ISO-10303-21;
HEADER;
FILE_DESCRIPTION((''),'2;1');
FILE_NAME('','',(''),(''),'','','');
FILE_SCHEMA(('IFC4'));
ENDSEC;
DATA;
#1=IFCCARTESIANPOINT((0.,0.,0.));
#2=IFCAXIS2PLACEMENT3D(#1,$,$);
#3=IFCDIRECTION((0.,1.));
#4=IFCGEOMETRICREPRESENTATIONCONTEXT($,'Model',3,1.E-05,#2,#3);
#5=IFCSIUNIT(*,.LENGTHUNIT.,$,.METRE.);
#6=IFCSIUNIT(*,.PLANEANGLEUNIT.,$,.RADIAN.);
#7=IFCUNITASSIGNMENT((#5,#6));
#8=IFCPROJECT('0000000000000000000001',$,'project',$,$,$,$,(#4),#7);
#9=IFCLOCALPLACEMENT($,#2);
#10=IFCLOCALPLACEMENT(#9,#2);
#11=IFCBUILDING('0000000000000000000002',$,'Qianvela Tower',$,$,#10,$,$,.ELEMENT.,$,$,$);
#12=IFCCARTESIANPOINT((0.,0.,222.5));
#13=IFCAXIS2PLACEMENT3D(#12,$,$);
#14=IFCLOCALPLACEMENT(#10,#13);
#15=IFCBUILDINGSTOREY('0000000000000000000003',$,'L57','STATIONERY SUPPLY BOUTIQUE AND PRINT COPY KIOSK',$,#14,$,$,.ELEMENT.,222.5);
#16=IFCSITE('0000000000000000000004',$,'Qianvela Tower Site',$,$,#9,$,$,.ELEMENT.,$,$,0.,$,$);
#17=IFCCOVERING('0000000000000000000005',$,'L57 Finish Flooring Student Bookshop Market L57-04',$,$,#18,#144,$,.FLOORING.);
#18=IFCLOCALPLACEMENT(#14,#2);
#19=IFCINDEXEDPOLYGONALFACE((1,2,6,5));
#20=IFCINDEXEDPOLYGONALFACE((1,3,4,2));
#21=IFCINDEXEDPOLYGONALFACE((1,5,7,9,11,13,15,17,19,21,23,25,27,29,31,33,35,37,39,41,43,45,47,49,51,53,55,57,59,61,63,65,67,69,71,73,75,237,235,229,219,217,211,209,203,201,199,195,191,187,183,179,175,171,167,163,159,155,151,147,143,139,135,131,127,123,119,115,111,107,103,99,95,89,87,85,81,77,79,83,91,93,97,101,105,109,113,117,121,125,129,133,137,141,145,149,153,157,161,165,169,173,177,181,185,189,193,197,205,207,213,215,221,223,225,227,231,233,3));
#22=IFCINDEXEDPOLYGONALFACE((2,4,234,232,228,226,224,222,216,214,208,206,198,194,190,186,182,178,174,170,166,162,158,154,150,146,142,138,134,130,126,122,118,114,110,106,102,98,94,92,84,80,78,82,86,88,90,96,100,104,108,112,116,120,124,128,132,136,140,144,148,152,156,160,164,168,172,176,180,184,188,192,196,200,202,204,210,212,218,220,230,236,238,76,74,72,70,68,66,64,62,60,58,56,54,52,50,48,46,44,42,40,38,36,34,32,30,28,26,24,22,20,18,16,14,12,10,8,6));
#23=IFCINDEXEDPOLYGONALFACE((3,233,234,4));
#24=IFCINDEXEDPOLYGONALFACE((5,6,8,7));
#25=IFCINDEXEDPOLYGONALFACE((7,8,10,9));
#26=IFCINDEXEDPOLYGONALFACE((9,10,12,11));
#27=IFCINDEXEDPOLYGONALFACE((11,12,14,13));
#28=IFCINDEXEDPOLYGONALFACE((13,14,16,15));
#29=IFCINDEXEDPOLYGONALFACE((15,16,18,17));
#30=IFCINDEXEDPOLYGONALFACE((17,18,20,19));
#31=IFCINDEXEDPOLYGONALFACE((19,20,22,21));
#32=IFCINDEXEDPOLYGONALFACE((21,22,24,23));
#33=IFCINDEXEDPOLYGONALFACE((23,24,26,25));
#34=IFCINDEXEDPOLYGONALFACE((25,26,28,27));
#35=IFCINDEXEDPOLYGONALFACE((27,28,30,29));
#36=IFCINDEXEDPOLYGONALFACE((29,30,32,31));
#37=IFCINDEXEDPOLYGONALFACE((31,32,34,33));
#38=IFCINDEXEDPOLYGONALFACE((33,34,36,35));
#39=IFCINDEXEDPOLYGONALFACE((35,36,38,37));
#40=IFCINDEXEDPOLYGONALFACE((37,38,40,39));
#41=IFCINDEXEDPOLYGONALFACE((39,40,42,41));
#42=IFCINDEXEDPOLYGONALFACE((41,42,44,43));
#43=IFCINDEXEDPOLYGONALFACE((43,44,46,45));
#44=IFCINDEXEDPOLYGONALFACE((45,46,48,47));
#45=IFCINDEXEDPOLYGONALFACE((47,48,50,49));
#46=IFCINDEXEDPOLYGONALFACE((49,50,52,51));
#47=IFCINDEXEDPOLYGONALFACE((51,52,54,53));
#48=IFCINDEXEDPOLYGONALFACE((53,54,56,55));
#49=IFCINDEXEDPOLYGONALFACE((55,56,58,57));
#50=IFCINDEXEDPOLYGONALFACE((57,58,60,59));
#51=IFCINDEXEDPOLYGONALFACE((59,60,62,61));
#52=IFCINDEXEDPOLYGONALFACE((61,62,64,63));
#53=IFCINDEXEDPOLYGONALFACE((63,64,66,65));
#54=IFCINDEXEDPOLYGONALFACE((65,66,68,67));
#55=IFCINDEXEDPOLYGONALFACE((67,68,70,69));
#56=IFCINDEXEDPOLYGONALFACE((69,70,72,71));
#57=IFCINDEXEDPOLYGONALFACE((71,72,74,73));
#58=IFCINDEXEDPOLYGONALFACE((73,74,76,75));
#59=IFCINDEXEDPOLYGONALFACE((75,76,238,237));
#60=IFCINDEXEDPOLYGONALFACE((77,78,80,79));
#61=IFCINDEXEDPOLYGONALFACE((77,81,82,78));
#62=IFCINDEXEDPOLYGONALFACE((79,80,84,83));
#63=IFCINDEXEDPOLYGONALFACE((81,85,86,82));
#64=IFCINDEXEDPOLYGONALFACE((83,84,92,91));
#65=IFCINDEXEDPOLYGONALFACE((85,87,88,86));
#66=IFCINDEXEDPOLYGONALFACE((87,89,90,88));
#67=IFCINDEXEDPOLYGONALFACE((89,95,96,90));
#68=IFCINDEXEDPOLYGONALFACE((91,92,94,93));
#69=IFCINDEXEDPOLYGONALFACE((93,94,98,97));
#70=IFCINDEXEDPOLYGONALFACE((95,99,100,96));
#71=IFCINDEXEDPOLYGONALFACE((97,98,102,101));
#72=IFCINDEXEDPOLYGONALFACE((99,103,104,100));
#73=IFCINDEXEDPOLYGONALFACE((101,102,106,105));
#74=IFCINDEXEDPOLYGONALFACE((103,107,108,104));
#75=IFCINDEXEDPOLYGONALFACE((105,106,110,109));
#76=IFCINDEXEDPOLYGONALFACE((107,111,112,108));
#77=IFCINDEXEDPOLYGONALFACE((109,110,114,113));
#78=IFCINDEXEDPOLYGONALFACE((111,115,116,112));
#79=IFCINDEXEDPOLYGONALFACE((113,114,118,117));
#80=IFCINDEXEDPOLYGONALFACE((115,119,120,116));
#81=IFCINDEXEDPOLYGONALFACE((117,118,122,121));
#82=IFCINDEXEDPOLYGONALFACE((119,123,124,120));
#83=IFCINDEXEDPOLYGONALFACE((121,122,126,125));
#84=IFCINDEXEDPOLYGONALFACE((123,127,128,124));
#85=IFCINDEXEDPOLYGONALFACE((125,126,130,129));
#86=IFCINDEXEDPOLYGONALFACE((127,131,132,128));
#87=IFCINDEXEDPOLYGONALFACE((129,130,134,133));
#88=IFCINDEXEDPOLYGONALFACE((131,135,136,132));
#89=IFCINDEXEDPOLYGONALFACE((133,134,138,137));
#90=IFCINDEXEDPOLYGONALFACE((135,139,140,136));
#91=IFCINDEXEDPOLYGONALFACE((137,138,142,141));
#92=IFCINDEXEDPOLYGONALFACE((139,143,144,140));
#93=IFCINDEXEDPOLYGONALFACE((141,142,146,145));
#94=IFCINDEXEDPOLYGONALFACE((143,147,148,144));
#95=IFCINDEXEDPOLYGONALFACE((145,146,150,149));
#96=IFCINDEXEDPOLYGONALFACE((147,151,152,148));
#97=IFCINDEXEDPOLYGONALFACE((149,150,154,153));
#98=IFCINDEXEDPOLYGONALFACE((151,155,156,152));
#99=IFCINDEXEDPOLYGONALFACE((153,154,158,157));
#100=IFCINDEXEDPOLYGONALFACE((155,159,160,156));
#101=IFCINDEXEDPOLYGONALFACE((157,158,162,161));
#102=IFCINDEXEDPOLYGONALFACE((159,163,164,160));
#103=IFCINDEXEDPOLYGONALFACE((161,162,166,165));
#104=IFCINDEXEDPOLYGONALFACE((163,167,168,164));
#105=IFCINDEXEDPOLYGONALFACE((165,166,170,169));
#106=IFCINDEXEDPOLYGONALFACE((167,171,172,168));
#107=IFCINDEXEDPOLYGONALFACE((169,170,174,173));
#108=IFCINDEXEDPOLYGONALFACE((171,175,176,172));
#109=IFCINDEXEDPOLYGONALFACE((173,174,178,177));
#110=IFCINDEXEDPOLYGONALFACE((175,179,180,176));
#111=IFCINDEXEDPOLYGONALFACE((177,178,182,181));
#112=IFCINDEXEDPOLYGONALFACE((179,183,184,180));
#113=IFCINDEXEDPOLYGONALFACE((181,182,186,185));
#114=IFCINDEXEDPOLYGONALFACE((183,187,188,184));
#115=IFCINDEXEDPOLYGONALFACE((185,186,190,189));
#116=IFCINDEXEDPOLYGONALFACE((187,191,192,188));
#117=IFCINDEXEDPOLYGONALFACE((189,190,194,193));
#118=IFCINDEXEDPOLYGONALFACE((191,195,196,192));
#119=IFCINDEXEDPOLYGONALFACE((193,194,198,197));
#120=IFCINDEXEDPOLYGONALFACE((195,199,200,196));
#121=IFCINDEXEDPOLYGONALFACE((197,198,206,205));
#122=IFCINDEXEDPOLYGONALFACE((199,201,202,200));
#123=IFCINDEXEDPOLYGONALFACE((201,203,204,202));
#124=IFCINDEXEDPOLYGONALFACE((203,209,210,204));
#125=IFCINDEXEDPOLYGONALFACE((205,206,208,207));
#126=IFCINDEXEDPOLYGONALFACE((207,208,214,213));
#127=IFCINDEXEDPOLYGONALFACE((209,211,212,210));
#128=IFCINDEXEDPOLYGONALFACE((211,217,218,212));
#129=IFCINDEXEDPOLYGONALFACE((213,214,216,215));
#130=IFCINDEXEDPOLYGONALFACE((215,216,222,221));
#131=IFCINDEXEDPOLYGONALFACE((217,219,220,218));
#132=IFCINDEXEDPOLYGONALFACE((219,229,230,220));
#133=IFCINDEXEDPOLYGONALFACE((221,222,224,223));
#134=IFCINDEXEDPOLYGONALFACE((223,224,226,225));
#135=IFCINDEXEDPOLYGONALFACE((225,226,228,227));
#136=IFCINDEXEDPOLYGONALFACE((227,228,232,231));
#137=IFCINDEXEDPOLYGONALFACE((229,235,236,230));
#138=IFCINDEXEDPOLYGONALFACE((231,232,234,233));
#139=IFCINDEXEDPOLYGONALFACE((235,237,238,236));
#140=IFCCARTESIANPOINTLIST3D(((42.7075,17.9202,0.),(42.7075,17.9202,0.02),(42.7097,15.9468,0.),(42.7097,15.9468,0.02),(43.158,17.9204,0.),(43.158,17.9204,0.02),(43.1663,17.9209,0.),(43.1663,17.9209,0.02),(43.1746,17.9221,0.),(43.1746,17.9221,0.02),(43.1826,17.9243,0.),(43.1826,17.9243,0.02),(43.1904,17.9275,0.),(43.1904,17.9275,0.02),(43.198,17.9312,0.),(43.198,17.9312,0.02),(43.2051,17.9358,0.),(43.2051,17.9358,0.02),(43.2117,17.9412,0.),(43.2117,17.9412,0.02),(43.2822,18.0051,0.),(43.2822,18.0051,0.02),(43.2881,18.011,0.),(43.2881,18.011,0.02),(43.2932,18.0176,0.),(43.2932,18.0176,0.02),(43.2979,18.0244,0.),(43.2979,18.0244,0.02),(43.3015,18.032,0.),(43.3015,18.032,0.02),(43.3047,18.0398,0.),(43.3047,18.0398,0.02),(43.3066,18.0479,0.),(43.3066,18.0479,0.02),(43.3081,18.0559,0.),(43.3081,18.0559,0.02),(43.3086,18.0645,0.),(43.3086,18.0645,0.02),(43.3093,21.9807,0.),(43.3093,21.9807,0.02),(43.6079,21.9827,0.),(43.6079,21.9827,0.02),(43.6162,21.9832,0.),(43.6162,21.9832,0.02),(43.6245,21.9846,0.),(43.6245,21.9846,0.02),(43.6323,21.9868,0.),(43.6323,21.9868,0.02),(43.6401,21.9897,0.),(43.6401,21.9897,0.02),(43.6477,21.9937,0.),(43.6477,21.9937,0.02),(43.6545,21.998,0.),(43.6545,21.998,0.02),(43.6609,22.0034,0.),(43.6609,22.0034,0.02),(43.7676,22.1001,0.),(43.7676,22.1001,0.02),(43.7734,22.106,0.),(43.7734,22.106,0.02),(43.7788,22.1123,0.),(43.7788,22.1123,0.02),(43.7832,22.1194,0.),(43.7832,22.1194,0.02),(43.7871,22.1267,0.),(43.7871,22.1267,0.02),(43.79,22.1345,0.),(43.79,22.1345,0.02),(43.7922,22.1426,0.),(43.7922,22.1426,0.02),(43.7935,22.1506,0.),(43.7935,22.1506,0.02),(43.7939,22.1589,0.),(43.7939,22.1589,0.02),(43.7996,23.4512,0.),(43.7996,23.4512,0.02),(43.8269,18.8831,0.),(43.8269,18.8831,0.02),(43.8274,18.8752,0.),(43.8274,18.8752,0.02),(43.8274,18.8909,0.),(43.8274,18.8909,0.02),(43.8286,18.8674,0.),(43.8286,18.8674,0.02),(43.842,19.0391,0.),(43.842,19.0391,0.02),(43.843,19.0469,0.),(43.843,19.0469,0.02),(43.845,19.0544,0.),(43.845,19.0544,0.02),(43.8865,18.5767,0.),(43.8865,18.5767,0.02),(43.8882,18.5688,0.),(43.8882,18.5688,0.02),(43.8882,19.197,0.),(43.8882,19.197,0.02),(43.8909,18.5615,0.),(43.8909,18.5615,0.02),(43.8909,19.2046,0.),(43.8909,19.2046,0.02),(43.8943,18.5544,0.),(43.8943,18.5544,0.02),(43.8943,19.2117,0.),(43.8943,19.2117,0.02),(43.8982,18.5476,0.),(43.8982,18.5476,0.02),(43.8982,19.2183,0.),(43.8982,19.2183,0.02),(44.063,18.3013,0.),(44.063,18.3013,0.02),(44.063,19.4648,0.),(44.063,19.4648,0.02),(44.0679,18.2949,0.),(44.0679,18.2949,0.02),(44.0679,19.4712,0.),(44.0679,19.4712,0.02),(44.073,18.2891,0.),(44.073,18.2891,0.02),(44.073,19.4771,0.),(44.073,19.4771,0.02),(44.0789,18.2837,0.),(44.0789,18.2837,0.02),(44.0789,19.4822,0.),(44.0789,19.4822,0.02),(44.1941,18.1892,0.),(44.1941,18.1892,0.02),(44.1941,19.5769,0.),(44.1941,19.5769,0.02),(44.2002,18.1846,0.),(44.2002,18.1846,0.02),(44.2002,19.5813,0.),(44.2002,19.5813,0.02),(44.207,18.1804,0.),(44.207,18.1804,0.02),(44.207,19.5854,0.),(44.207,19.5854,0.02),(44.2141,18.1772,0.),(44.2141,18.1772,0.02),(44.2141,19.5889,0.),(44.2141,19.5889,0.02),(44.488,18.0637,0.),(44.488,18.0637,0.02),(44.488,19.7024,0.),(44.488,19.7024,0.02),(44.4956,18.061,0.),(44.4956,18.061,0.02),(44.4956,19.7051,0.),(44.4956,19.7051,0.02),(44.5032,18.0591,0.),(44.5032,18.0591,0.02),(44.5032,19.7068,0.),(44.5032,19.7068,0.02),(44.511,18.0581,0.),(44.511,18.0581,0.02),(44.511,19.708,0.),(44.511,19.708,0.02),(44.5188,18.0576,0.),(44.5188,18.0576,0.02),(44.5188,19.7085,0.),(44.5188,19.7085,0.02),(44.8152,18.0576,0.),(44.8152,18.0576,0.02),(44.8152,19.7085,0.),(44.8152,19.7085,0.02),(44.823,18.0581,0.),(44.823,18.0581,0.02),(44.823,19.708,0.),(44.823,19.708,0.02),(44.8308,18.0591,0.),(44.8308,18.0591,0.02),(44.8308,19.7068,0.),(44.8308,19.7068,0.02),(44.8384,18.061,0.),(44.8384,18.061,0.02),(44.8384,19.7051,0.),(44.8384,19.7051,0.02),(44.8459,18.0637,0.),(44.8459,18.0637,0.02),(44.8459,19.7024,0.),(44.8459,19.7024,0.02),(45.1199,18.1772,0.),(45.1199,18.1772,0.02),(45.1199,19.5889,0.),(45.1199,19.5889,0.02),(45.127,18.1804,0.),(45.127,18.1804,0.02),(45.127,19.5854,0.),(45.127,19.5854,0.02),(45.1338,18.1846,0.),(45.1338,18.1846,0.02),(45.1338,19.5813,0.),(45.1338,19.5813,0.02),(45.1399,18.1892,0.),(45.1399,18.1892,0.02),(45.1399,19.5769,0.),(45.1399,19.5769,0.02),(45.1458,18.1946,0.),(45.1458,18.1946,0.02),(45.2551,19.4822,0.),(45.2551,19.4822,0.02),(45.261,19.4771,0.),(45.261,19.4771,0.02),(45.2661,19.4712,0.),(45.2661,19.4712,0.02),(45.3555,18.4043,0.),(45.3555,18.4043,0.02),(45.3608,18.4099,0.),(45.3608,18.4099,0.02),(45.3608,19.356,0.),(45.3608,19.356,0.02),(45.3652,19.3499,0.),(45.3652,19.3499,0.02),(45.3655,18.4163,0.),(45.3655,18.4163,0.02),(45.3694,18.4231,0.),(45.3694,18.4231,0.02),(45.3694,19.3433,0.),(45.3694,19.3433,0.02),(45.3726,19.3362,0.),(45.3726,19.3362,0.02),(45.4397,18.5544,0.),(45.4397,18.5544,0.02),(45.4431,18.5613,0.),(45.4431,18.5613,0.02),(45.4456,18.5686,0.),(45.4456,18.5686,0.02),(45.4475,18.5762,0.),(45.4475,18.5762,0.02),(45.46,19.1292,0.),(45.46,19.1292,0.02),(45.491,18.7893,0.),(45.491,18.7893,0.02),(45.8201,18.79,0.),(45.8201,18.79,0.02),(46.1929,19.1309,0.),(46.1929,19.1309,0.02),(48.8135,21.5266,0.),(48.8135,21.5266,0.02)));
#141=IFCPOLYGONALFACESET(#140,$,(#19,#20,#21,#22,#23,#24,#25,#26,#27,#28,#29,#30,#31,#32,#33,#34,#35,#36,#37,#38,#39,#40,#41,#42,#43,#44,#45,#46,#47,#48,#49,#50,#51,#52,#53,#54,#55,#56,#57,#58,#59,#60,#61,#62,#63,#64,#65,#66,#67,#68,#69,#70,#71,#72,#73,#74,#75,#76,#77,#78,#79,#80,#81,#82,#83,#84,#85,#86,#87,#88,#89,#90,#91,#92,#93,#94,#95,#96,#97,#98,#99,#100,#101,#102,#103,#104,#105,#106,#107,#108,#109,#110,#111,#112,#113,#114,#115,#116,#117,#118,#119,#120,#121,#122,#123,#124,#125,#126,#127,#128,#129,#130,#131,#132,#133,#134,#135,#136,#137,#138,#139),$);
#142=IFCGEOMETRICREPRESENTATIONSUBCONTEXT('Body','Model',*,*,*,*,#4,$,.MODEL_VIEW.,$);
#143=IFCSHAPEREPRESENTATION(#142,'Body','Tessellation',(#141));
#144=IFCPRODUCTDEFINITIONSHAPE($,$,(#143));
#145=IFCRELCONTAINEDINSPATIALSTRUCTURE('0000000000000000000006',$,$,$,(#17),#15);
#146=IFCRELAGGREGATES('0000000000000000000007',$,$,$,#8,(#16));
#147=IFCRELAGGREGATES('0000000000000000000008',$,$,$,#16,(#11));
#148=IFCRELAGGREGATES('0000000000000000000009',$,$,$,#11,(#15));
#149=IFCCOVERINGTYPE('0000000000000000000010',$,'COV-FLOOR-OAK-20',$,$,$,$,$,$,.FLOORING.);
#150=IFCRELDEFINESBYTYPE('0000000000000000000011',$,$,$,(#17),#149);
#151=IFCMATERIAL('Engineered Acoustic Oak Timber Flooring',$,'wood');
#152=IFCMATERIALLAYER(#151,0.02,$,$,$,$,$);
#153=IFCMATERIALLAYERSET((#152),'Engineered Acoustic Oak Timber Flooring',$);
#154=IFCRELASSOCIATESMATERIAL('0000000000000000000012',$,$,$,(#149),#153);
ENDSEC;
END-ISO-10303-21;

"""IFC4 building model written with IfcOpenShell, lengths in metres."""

from ifc_helpers import new_model, si_unit, direction, frame, origin, place, context, subcontext, project, spatial, polyline, outline, extrude, material, layer, layer_set, type_object, element, save


model = new_model("IFC4")

# Units and contexts
model_context = context("Model", 3, precision=1e-05, world=origin(), true_north=direction((0.0, 1.0)))
body_context = subcontext(model_context, "Body", "Model", "MODEL_VIEW")
ifc_project = project(units=[si_unit("LENGTHUNIT", "METRE"), si_unit("PLANEANGLEUNIT", "RADIAN")], contexts=[model_context])

# Site, building, storey
site_placement = place(None, origin())
site = spatial("IfcSite", under=ifc_project, at=site_placement, Name="Qianvela Tower Site", CompositionType="ELEMENT", RefElevation=0.0)
building_placement = place(site_placement, origin())
building = spatial("IfcBuilding", under=site, at=building_placement, Name="Qianvela Tower", CompositionType="ELEMENT")
storey_placement = place(building_placement, frame((0.0, 0.0, 222.5)))
storey = spatial("IfcBuildingStorey", under=building, at=storey_placement, Name="L57", Description="STATIONERY SUPPLY BOUTIQUE AND PRINT COPY KIOSK", CompositionType="ELEMENT", Elevation=222.5)

# Covering
ifc_material_1 = material(Name="Engineered Acoustic Oak Timber Flooring", Category="wood")
ifc_layer_1 = layer(ifc_material_1, 0.02)
ifc_layer_set_1 = layer_set([ifc_layer_1], Name="Engineered Acoustic Oak Timber Flooring")
covering_type_1 = type_object("IfcCoveringType", Name="COV-FLOOR-OAK-20", PredefinedType="FLOORING", material=ifc_layer_set_1)
covering_1_placement = place(storey_placement, origin())
element("IfcCovering", 1, at=covering_1_placement, inside=storey, type_object=covering_type_1, Name="L57 Finish Flooring Student Bookshop Market L57-04", PredefinedType="FLOORING", context=body_context, shape_type="SweptSolid", body=[
    extrude(outline(polyline([(43.2822, 18.0051), (43.2881, 18.011), (43.2932, 18.0176), (43.2979, 18.0244), (43.3015, 18.032), (43.3047, 18.0398), (43.3066, 18.0479), (43.3081, 18.0559), (43.3086, 18.0645), (43.3093, 21.9807), (43.6079, 21.9827), (43.6162, 21.9832), (43.6245, 21.9846), (43.6323, 21.9868), (43.6401, 21.9897), (43.6477, 21.9937), (43.6545, 21.998), (43.6609, 22.0034), (43.7676, 22.1001), (43.7734, 22.106), (43.7788, 22.1123), (43.7832, 22.1194), (43.7871, 22.1267), (43.79, 22.1345), (43.7922, 22.1426), (43.7935, 22.1506), (43.7939, 22.1589), (43.7996, 23.4512), (48.8135, 21.5266), (46.1929, 19.1309), (45.46, 19.1292), (45.3726, 19.3362), (45.3694, 19.3433), (45.3652, 19.3499), (45.3608, 19.356), (45.2661, 19.4712), (45.261, 19.4771), (45.2551, 19.4822), (45.1399, 19.5769), (45.1338, 19.5813), (45.127, 19.5854), (45.1199, 19.5889), (44.8459, 19.7024), (44.8384, 19.7051), (44.8308, 19.7068), (44.823, 19.708), (44.8152, 19.7085), (44.5188, 19.7085), (44.511, 19.708), (44.5032, 19.7068), (44.4956, 19.7051), (44.488, 19.7024), (44.2141, 19.5889), (44.207, 19.5854), (44.2002, 19.5813), (44.1941, 19.5769), (44.0789, 19.4822), (44.073, 19.4771), (44.0679, 19.4712), (44.063, 19.4648), (43.8982, 19.2183), (43.8943, 19.2117), (43.8909, 19.2046), (43.8882, 19.197), (43.845, 19.0544), (43.843, 19.0469), (43.842, 19.0391), (43.8274, 18.8909), (43.8269, 18.8831), (43.8274, 18.8752), (43.8286, 18.8674), (43.8865, 18.5767), (43.8882, 18.5688), (43.8909, 18.5615), (43.8943, 18.5544), (43.8982, 18.5476), (44.063, 18.3013), (44.0679, 18.2949), (44.073, 18.2891), (44.0789, 18.2837), (44.1941, 18.1892), (44.2002, 18.1846), (44.207, 18.1804), (44.2141, 18.1772), (44.488, 18.0637), (44.4956, 18.061), (44.5032, 18.0591), (44.511, 18.0581), (44.5188, 18.0576), (44.8152, 18.0576), (44.823, 18.0581), (44.8308, 18.0591), (44.8384, 18.061), (44.8459, 18.0637), (45.1199, 18.1772), (45.127, 18.1804), (45.1338, 18.1846), (45.1399, 18.1892), (45.1458, 18.1946), (45.3555, 18.4043), (45.3608, 18.4099), (45.3655, 18.4163), (45.3694, 18.4231), (45.4397, 18.5544), (45.4431, 18.5613), (45.4456, 18.5686), (45.4475, 18.5762), (45.491, 18.7893), (45.8201, 18.79), (42.7097, 15.9468), (42.7075, 17.9202), (43.158, 17.9204), (43.1663, 17.9209), (43.1746, 17.9221), (43.1826, 17.9243), (43.1904, 17.9275), (43.198, 17.9312), (43.2051, 17.9358), (43.2117, 17.9412), (43.2822, 18.0051)])), origin(), (0.0, 0.0, 1.0), 0.02),
])

save(model, "model.ifc")
